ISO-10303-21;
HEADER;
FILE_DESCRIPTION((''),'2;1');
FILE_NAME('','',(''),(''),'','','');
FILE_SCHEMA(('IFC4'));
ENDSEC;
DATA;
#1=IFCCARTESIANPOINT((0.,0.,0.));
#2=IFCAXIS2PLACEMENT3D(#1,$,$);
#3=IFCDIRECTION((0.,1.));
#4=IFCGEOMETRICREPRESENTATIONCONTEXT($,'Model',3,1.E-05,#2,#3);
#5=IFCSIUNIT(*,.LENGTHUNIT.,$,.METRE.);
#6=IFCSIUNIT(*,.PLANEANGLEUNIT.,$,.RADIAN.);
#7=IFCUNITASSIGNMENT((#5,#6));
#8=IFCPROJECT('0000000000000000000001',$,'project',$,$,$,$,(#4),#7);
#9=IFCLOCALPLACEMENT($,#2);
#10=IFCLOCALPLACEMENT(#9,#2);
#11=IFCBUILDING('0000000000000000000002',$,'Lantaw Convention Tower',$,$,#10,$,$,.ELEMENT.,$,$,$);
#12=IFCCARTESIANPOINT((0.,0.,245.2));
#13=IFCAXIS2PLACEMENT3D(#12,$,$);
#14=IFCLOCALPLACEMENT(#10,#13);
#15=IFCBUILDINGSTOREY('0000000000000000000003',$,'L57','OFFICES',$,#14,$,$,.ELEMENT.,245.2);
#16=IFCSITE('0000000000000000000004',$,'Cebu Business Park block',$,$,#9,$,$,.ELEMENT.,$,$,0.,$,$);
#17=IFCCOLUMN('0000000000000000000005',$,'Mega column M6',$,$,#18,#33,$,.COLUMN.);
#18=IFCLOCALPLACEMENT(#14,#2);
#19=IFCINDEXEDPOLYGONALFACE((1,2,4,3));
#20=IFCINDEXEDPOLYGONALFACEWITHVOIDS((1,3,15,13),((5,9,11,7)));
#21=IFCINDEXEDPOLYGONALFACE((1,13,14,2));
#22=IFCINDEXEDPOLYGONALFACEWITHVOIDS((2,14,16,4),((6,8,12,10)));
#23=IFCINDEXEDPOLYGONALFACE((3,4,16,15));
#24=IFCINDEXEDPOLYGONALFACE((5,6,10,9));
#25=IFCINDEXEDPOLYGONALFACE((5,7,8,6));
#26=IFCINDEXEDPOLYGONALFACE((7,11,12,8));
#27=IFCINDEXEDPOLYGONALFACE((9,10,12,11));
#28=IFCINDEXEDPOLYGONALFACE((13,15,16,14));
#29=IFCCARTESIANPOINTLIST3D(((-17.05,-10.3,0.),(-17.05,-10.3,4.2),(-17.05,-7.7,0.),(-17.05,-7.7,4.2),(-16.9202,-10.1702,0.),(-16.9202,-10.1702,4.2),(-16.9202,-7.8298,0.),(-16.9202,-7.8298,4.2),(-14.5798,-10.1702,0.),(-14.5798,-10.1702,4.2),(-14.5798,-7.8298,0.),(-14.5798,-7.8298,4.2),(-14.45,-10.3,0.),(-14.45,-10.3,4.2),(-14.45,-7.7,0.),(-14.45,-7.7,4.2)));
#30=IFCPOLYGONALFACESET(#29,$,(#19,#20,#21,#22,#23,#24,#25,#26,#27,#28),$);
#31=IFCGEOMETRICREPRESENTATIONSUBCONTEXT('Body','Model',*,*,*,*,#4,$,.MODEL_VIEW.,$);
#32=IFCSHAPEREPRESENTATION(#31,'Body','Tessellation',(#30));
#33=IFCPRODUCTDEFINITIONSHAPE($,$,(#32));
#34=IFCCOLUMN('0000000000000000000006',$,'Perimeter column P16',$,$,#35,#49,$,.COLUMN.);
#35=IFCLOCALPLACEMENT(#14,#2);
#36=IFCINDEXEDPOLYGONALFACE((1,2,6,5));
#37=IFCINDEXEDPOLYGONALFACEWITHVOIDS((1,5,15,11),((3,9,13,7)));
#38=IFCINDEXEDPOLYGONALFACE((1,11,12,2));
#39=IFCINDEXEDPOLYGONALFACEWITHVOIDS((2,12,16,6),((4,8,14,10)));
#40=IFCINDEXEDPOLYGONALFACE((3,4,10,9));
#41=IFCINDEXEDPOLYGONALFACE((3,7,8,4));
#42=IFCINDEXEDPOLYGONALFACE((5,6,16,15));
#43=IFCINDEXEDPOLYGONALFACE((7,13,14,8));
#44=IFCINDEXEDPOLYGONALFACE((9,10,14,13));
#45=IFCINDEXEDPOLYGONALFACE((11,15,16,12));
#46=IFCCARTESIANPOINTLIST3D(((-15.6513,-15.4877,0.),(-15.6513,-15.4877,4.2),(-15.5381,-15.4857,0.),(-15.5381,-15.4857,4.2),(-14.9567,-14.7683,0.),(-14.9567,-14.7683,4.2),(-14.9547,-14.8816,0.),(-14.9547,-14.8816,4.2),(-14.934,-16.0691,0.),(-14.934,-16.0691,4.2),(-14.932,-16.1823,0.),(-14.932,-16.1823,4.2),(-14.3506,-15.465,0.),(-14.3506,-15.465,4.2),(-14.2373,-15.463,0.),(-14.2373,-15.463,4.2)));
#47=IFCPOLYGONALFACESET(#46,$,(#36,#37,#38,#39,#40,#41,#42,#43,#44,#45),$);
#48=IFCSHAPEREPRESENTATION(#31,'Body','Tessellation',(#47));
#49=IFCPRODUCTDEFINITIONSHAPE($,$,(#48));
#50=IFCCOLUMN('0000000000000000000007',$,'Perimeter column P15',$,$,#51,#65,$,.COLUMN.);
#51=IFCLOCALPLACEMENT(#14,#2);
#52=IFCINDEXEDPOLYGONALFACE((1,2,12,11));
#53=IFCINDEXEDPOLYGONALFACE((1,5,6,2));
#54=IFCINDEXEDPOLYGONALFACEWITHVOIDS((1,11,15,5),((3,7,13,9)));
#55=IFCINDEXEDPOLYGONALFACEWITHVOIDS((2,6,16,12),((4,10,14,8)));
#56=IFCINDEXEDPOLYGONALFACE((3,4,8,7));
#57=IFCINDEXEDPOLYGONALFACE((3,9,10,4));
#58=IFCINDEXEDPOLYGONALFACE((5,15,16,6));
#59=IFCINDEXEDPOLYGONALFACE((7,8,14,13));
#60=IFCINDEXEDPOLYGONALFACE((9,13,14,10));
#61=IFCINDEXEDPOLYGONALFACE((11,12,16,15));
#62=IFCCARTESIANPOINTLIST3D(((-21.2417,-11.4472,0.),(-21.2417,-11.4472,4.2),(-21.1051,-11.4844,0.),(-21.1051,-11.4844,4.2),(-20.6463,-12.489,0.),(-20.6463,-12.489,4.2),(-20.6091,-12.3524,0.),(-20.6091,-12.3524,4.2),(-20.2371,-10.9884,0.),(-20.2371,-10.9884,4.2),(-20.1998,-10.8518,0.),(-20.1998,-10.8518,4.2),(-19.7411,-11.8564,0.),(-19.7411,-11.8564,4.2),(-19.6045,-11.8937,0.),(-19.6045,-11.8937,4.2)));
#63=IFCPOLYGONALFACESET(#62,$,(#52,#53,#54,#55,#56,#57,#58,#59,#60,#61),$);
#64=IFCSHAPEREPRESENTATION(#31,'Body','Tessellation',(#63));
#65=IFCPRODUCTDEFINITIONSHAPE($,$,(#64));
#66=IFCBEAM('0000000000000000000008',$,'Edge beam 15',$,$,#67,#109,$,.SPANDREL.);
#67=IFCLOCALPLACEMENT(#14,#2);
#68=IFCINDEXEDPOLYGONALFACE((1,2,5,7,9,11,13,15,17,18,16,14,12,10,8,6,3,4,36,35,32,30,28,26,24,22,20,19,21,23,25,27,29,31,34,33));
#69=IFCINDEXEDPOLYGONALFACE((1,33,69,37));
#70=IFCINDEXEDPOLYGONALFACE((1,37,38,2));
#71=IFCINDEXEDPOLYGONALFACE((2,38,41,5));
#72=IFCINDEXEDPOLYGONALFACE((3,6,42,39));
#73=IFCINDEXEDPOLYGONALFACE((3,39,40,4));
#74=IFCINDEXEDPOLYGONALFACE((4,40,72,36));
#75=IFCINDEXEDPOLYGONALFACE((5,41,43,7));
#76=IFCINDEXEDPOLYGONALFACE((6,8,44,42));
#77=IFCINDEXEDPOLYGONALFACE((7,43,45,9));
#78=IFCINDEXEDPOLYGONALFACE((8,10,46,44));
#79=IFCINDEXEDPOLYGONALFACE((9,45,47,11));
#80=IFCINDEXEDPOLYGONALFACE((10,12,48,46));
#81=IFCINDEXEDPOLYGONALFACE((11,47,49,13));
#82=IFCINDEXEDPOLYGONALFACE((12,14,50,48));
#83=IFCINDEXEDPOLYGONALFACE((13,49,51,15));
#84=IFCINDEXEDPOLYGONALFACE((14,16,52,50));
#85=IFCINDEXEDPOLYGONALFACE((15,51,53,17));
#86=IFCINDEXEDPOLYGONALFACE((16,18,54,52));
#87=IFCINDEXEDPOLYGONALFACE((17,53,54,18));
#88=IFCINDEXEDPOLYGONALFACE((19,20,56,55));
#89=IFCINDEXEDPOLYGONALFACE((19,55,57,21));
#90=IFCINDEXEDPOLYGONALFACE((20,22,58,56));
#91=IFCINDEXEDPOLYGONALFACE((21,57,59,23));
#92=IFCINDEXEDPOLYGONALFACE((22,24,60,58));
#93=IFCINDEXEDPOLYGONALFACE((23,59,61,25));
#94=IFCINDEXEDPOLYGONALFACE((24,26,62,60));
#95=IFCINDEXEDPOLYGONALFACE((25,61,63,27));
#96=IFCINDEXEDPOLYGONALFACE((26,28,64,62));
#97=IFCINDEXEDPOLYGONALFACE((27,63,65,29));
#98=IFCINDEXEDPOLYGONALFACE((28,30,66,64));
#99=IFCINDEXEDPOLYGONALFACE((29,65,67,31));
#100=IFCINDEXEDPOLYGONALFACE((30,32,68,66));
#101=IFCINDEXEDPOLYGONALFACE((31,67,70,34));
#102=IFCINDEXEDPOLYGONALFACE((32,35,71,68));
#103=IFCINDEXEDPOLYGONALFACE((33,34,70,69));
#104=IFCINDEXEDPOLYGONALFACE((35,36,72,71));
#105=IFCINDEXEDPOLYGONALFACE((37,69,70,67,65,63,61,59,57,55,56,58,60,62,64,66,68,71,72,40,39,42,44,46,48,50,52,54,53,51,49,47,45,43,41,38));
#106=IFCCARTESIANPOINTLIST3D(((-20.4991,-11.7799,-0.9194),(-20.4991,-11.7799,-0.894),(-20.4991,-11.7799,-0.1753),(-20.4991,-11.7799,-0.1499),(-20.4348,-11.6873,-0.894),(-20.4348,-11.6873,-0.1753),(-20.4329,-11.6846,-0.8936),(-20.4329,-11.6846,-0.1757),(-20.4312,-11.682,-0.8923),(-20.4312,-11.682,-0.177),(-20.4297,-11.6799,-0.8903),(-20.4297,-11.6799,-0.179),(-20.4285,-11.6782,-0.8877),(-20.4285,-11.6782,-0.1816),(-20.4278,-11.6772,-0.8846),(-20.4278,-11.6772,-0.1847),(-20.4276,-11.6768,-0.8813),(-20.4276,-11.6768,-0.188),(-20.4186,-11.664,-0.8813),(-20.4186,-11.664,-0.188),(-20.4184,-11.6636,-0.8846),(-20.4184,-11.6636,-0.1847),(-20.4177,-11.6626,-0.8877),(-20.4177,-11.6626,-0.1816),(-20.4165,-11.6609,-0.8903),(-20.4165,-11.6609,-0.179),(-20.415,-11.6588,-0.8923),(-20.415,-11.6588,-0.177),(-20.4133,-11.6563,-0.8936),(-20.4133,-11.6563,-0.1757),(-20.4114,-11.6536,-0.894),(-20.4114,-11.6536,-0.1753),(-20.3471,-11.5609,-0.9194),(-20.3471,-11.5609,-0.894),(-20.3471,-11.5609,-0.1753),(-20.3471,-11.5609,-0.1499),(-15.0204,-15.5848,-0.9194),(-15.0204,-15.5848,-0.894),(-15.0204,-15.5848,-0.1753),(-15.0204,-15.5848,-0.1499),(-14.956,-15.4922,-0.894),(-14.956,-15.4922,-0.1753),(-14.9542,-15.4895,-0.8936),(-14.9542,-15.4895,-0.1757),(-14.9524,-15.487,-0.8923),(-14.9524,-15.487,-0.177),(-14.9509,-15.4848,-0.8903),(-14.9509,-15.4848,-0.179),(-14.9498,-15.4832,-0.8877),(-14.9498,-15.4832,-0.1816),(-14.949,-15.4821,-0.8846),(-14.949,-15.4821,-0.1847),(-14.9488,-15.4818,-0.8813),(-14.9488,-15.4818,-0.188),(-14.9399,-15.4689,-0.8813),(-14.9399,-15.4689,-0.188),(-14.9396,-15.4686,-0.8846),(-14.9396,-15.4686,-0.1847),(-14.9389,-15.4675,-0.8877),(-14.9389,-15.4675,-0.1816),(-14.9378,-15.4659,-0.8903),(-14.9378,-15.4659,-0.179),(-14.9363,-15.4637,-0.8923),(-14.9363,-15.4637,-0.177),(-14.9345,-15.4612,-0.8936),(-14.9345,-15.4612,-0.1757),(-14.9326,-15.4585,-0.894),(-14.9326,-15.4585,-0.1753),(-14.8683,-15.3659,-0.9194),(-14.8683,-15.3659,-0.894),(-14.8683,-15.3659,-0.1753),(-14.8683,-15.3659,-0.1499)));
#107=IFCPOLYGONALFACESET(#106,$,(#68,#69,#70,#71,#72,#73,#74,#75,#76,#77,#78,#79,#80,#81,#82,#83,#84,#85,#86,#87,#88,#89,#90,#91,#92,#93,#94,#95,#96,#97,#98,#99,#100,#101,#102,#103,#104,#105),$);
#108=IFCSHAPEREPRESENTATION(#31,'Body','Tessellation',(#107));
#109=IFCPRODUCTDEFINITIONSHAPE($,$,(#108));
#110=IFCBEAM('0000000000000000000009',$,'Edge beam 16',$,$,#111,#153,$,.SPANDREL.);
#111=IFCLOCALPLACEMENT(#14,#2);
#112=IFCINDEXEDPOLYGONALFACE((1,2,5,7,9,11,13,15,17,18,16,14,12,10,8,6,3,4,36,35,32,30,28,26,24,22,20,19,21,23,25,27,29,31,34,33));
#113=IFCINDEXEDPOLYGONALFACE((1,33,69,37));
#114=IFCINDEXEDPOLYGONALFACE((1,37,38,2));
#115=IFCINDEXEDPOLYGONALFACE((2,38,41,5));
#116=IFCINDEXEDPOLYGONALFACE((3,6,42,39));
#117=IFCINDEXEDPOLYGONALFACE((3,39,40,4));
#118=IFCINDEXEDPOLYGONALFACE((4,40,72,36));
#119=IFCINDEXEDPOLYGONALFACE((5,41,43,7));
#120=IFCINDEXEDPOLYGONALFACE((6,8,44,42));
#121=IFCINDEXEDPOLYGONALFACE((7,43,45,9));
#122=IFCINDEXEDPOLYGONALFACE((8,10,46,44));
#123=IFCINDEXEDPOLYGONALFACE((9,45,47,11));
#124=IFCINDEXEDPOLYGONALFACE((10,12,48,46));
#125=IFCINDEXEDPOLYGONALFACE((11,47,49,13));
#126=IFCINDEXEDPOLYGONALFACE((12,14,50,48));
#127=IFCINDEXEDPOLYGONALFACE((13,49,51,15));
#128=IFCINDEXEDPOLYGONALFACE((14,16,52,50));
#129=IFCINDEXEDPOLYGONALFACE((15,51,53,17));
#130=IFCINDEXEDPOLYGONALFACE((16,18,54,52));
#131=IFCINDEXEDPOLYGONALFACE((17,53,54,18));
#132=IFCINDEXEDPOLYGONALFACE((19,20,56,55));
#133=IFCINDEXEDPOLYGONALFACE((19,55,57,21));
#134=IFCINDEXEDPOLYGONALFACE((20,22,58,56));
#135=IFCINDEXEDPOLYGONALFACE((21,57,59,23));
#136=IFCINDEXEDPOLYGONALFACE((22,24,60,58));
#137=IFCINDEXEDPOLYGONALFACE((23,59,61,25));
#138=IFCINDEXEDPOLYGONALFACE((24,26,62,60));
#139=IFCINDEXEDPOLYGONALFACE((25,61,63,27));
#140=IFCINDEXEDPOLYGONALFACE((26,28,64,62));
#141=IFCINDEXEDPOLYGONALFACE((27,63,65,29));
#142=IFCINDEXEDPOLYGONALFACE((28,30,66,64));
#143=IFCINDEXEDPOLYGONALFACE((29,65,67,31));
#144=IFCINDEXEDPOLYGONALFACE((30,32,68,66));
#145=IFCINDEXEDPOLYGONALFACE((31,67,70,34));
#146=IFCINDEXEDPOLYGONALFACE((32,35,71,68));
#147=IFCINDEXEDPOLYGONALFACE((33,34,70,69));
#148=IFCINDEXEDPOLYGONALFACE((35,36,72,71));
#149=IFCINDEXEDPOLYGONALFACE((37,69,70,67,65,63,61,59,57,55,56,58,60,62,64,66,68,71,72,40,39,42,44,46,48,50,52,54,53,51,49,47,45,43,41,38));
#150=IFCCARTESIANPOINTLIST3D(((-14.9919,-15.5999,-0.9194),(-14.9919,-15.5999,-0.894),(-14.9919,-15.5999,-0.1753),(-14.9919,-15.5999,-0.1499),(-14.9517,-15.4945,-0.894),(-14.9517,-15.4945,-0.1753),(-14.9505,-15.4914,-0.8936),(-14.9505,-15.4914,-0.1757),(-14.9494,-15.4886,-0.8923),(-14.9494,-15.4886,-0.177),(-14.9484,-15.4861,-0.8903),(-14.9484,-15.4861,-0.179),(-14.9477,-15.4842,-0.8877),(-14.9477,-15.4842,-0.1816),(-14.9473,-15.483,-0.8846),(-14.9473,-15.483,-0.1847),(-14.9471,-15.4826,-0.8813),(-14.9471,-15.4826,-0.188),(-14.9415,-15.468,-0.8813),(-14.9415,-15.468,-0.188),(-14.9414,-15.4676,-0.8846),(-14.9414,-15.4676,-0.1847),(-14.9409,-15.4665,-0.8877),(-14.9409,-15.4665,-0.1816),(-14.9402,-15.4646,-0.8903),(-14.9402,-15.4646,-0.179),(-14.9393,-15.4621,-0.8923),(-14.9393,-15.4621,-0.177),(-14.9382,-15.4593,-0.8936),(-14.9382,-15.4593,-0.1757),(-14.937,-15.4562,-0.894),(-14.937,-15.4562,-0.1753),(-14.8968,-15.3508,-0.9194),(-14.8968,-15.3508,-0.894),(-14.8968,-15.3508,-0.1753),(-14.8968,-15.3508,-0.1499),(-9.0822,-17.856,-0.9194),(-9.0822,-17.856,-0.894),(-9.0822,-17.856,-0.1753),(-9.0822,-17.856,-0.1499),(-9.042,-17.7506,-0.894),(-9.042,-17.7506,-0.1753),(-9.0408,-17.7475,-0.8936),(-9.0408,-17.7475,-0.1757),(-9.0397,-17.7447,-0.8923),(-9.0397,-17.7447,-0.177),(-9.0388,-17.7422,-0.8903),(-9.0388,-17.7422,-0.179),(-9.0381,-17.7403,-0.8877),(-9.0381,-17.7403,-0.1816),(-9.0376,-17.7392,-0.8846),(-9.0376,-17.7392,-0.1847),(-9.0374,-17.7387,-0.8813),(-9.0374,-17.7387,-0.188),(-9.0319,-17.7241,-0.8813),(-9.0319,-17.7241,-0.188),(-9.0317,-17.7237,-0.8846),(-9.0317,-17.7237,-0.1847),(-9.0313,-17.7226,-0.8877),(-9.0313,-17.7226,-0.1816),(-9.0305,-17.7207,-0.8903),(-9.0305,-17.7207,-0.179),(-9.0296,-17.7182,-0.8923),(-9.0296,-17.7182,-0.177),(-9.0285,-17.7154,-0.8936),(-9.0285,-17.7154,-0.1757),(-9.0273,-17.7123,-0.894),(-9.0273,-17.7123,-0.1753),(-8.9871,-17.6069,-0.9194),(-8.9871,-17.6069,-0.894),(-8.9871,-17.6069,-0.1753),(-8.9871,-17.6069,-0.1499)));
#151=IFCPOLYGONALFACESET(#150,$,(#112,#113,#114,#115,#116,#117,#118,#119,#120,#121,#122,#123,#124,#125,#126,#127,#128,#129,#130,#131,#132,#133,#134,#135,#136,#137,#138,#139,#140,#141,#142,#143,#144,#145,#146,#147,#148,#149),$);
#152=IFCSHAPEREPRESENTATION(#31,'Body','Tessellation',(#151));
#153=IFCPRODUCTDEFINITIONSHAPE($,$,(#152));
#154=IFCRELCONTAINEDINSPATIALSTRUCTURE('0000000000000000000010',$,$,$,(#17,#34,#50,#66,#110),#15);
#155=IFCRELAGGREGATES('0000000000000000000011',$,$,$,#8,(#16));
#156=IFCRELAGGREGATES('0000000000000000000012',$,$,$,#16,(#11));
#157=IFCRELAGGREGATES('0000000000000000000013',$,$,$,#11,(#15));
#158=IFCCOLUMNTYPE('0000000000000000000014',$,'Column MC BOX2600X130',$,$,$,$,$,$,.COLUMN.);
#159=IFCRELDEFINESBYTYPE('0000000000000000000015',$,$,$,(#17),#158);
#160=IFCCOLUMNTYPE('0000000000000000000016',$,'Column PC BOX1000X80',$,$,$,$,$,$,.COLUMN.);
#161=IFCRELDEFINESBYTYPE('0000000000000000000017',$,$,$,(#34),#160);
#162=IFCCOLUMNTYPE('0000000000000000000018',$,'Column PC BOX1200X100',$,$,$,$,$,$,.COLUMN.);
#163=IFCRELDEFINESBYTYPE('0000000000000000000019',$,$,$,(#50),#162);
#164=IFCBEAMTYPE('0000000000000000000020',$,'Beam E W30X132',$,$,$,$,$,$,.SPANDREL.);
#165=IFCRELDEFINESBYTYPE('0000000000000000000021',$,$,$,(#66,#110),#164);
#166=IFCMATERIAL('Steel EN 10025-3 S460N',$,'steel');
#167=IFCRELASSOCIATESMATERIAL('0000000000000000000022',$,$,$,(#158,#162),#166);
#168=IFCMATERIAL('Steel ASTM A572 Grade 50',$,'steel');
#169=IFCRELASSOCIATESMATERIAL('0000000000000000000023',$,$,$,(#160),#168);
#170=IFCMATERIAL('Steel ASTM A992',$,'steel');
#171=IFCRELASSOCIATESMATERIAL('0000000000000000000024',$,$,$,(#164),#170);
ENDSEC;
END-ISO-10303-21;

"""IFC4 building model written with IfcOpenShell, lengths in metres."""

from ifc_helpers import new_model, si_unit, direction, frame, origin, origin_2d, place, context, subcontext, project, spatial, rectangle, hollow_rectangle, i_section, extrude, material, material_profile, profile_set, type_object, element, save


model = new_model("IFC4")

# Units and contexts
model_context = context("Model", 3, precision=1e-05, world=origin(), true_north=direction((0.0, 1.0)))
body_context = subcontext(model_context, "Body", "Model", "MODEL_VIEW")
ifc_project = project(units=[si_unit("LENGTHUNIT", "METRE"), si_unit("PLANEANGLEUNIT", "RADIAN")], contexts=[model_context])

# Site, building, storey
site_placement = place(None, origin())
site = spatial("IfcSite", under=ifc_project, at=site_placement, Name="Cebu Business Park block", CompositionType="ELEMENT", RefElevation=0.0)
building_placement = place(site_placement, origin())
building = spatial("IfcBuilding", under=site, at=building_placement, Name="Lantaw Convention Tower", CompositionType="ELEMENT")
storey_placement = place(building_placement, frame((0.0, 0.0, 245.2)))
storey = spatial("IfcBuildingStorey", under=building, at=storey_placement, Name="L57", Description="OFFICES", CompositionType="ELEMENT", Elevation=245.2)

# Columns
ifc_material_1 = material(Name="Steel EN 10025-3 S460N", Category="steel")
ifc_material_profile_1 = material_profile(ifc_material_1, hollow_rectangle(XDim=2.6001, YDim=2.6001, WallThickness=0.1299, at=origin_2d()), Name="BOX2600X130")
ifc_material_2 = material(Name="Concrete C60/75", Category="concrete")
ifc_material_profile_2 = material_profile(ifc_material_2, rectangle(XDim=2.3401, YDim=2.3401, at=origin_2d()), Name="Concrete fill of BOX2600X130")
ifc_profile_set_1 = profile_set([ifc_material_profile_1, ifc_material_profile_2], Name="Steel EN 10025-3 S460N")
column_type_1 = type_object("IfcColumnType", Name="Column MC BOX2600X130", PredefinedType="COLUMN", material=ifc_profile_set_1)
column_1_placement = place(storey_placement, frame((-15.75, -9.0, 0.0), z_axis=(0.0, 0.0, 1.0), x_axis=(1.0, 0.0, 0.0)))
element("IfcColumn", 1, at=column_1_placement, inside=storey, type_object=column_type_1, Name="Mega column M6", PredefinedType="COLUMN", context=body_context, shape_type="SweptSolid", body=[
    extrude(hollow_rectangle(XDim=2.6001, YDim=2.6001, WallThickness=0.1299, at=origin_2d()), origin(), (0.0, 0.0, 1.0), 4.2),
])
ifc_material_3 = material(Name="Steel ASTM A572 Grade 50", Category="steel")
ifc_material_profile_3 = material_profile(ifc_material_3, hollow_rectangle(XDim=1.0, YDim=1.0, WallThickness=0.0801, at=origin_2d()), Name="BOX1000X80")
ifc_material_profile_4 = material_profile(ifc_material_2, rectangle(XDim=0.8401, YDim=0.8401, at=origin_2d()), Name="Concrete fill of BOX1000X80")
ifc_profile_set_2 = profile_set([ifc_material_profile_3, ifc_material_profile_4], Name="Steel ASTM A572 Grade 50")
column_type_2 = type_object("IfcColumnType", Name="Column PC BOX1000X80", PredefinedType="COLUMN", material=ifc_profile_set_2)
column_2_placement = place(storey_placement, frame((-14.9443, -15.4753, 0.0), z_axis=(0.0, 0.0, 1.0), x_axis=(0.694658, 0.71934, 0.0)))
element("IfcColumn", 2, at=column_2_placement, inside=storey, type_object=column_type_2, Name="Perimeter column P16", PredefinedType="COLUMN", context=body_context, shape_type="SweptSolid", body=[
    extrude(hollow_rectangle(XDim=1.0, YDim=1.0, WallThickness=0.0801, at=origin_2d()), origin(), (0.0, 0.0, 1.0), 4.2),
])
ifc_material_profile_5 = material_profile(ifc_material_1, hollow_rectangle(XDim=1.2, YDim=1.2, WallThickness=0.1001, at=origin_2d()), Name="BOX1200X100")
ifc_material_profile_6 = material_profile(ifc_material_2, rectangle(XDim=1.0, YDim=1.0, at=origin_2d()), Name="Concrete fill of BOX1200X100")
ifc_profile_set_3 = profile_set([ifc_material_profile_5, ifc_material_profile_6], Name="Steel EN 10025-3 S460N")
column_type_3 = type_object("IfcColumnType", Name="Column PC BOX1200X100", PredefinedType="COLUMN", material=ifc_profile_set_3)
column_3_placement = place(storey_placement, frame((-20.4231, -11.6704, 0.0), z_axis=(0.0, 0.0, 1.0), x_axis=(0.868243, 0.496139, 0.0)))
element("IfcColumn", 3, at=column_3_placement, inside=storey, type_object=column_type_3, Name="Perimeter column P15", PredefinedType="COLUMN", context=body_context, shape_type="SweptSolid", body=[
    extrude(hollow_rectangle(XDim=1.2, YDim=1.2, WallThickness=0.1001, at=origin_2d()), origin(), (0.0, 0.0, 1.0), 4.2),
])

# Beams
ifc_material_4 = material(Name="Steel ASTM A992", Category="steel")
ifc_material_profile_7 = material_profile(ifc_material_4, i_section(OverallWidth=0.2666, OverallDepth=0.7695, WebThickness=0.0156, FlangeThickness=0.0254, FilletRadius=0.0127, at=origin_2d()), Name="W30X132")
ifc_profile_set_4 = profile_set([ifc_material_profile_7], Name="Steel ASTM A992")
beam_type_1 = type_object("IfcBeamType", Name="Beam E W30X132", PredefinedType="SPANDREL", material=ifc_profile_set_4)
beam_1_placement = place(storey_placement, frame((-20.4231, -11.6704, -0.5347), z_axis=(0.821353, -0.57042, 0.0), x_axis=(0.57042, 0.821353, 0.0)))
element("IfcBeam", 4, at=beam_1_placement, inside=storey, type_object=beam_type_1, Name="Edge beam 15", PredefinedType="SPANDREL", context=body_context, shape_type="SweptSolid", body=[
    extrude(i_section(OverallWidth=0.2666, OverallDepth=0.7695, WebThickness=0.0156, FlangeThickness=0.0254, FilletRadius=0.0127, at=origin_2d()), origin(), (0.0, 0.0, 1.0), 6.6704),
])
beam_2_placement = place(storey_placement, frame((-14.9443, -15.4753, -0.5347), z_axis=(0.934235, -0.356658, 0.0), x_axis=(0.356658, 0.934235, 0.0)))
element("IfcBeam", 5, at=beam_2_placement, inside=storey, type_object=beam_type_1, Name="Edge beam 16", PredefinedType="SPANDREL", context=body_context, shape_type="SweptSolid", body=[
    extrude(i_section(OverallWidth=0.2666, OverallDepth=0.7695, WebThickness=0.0156, FlangeThickness=0.0254, FilletRadius=0.0127, at=origin_2d()), origin(), (0.0, 0.0, 1.0), 6.3257),
])

save(model, "model.ifc")
